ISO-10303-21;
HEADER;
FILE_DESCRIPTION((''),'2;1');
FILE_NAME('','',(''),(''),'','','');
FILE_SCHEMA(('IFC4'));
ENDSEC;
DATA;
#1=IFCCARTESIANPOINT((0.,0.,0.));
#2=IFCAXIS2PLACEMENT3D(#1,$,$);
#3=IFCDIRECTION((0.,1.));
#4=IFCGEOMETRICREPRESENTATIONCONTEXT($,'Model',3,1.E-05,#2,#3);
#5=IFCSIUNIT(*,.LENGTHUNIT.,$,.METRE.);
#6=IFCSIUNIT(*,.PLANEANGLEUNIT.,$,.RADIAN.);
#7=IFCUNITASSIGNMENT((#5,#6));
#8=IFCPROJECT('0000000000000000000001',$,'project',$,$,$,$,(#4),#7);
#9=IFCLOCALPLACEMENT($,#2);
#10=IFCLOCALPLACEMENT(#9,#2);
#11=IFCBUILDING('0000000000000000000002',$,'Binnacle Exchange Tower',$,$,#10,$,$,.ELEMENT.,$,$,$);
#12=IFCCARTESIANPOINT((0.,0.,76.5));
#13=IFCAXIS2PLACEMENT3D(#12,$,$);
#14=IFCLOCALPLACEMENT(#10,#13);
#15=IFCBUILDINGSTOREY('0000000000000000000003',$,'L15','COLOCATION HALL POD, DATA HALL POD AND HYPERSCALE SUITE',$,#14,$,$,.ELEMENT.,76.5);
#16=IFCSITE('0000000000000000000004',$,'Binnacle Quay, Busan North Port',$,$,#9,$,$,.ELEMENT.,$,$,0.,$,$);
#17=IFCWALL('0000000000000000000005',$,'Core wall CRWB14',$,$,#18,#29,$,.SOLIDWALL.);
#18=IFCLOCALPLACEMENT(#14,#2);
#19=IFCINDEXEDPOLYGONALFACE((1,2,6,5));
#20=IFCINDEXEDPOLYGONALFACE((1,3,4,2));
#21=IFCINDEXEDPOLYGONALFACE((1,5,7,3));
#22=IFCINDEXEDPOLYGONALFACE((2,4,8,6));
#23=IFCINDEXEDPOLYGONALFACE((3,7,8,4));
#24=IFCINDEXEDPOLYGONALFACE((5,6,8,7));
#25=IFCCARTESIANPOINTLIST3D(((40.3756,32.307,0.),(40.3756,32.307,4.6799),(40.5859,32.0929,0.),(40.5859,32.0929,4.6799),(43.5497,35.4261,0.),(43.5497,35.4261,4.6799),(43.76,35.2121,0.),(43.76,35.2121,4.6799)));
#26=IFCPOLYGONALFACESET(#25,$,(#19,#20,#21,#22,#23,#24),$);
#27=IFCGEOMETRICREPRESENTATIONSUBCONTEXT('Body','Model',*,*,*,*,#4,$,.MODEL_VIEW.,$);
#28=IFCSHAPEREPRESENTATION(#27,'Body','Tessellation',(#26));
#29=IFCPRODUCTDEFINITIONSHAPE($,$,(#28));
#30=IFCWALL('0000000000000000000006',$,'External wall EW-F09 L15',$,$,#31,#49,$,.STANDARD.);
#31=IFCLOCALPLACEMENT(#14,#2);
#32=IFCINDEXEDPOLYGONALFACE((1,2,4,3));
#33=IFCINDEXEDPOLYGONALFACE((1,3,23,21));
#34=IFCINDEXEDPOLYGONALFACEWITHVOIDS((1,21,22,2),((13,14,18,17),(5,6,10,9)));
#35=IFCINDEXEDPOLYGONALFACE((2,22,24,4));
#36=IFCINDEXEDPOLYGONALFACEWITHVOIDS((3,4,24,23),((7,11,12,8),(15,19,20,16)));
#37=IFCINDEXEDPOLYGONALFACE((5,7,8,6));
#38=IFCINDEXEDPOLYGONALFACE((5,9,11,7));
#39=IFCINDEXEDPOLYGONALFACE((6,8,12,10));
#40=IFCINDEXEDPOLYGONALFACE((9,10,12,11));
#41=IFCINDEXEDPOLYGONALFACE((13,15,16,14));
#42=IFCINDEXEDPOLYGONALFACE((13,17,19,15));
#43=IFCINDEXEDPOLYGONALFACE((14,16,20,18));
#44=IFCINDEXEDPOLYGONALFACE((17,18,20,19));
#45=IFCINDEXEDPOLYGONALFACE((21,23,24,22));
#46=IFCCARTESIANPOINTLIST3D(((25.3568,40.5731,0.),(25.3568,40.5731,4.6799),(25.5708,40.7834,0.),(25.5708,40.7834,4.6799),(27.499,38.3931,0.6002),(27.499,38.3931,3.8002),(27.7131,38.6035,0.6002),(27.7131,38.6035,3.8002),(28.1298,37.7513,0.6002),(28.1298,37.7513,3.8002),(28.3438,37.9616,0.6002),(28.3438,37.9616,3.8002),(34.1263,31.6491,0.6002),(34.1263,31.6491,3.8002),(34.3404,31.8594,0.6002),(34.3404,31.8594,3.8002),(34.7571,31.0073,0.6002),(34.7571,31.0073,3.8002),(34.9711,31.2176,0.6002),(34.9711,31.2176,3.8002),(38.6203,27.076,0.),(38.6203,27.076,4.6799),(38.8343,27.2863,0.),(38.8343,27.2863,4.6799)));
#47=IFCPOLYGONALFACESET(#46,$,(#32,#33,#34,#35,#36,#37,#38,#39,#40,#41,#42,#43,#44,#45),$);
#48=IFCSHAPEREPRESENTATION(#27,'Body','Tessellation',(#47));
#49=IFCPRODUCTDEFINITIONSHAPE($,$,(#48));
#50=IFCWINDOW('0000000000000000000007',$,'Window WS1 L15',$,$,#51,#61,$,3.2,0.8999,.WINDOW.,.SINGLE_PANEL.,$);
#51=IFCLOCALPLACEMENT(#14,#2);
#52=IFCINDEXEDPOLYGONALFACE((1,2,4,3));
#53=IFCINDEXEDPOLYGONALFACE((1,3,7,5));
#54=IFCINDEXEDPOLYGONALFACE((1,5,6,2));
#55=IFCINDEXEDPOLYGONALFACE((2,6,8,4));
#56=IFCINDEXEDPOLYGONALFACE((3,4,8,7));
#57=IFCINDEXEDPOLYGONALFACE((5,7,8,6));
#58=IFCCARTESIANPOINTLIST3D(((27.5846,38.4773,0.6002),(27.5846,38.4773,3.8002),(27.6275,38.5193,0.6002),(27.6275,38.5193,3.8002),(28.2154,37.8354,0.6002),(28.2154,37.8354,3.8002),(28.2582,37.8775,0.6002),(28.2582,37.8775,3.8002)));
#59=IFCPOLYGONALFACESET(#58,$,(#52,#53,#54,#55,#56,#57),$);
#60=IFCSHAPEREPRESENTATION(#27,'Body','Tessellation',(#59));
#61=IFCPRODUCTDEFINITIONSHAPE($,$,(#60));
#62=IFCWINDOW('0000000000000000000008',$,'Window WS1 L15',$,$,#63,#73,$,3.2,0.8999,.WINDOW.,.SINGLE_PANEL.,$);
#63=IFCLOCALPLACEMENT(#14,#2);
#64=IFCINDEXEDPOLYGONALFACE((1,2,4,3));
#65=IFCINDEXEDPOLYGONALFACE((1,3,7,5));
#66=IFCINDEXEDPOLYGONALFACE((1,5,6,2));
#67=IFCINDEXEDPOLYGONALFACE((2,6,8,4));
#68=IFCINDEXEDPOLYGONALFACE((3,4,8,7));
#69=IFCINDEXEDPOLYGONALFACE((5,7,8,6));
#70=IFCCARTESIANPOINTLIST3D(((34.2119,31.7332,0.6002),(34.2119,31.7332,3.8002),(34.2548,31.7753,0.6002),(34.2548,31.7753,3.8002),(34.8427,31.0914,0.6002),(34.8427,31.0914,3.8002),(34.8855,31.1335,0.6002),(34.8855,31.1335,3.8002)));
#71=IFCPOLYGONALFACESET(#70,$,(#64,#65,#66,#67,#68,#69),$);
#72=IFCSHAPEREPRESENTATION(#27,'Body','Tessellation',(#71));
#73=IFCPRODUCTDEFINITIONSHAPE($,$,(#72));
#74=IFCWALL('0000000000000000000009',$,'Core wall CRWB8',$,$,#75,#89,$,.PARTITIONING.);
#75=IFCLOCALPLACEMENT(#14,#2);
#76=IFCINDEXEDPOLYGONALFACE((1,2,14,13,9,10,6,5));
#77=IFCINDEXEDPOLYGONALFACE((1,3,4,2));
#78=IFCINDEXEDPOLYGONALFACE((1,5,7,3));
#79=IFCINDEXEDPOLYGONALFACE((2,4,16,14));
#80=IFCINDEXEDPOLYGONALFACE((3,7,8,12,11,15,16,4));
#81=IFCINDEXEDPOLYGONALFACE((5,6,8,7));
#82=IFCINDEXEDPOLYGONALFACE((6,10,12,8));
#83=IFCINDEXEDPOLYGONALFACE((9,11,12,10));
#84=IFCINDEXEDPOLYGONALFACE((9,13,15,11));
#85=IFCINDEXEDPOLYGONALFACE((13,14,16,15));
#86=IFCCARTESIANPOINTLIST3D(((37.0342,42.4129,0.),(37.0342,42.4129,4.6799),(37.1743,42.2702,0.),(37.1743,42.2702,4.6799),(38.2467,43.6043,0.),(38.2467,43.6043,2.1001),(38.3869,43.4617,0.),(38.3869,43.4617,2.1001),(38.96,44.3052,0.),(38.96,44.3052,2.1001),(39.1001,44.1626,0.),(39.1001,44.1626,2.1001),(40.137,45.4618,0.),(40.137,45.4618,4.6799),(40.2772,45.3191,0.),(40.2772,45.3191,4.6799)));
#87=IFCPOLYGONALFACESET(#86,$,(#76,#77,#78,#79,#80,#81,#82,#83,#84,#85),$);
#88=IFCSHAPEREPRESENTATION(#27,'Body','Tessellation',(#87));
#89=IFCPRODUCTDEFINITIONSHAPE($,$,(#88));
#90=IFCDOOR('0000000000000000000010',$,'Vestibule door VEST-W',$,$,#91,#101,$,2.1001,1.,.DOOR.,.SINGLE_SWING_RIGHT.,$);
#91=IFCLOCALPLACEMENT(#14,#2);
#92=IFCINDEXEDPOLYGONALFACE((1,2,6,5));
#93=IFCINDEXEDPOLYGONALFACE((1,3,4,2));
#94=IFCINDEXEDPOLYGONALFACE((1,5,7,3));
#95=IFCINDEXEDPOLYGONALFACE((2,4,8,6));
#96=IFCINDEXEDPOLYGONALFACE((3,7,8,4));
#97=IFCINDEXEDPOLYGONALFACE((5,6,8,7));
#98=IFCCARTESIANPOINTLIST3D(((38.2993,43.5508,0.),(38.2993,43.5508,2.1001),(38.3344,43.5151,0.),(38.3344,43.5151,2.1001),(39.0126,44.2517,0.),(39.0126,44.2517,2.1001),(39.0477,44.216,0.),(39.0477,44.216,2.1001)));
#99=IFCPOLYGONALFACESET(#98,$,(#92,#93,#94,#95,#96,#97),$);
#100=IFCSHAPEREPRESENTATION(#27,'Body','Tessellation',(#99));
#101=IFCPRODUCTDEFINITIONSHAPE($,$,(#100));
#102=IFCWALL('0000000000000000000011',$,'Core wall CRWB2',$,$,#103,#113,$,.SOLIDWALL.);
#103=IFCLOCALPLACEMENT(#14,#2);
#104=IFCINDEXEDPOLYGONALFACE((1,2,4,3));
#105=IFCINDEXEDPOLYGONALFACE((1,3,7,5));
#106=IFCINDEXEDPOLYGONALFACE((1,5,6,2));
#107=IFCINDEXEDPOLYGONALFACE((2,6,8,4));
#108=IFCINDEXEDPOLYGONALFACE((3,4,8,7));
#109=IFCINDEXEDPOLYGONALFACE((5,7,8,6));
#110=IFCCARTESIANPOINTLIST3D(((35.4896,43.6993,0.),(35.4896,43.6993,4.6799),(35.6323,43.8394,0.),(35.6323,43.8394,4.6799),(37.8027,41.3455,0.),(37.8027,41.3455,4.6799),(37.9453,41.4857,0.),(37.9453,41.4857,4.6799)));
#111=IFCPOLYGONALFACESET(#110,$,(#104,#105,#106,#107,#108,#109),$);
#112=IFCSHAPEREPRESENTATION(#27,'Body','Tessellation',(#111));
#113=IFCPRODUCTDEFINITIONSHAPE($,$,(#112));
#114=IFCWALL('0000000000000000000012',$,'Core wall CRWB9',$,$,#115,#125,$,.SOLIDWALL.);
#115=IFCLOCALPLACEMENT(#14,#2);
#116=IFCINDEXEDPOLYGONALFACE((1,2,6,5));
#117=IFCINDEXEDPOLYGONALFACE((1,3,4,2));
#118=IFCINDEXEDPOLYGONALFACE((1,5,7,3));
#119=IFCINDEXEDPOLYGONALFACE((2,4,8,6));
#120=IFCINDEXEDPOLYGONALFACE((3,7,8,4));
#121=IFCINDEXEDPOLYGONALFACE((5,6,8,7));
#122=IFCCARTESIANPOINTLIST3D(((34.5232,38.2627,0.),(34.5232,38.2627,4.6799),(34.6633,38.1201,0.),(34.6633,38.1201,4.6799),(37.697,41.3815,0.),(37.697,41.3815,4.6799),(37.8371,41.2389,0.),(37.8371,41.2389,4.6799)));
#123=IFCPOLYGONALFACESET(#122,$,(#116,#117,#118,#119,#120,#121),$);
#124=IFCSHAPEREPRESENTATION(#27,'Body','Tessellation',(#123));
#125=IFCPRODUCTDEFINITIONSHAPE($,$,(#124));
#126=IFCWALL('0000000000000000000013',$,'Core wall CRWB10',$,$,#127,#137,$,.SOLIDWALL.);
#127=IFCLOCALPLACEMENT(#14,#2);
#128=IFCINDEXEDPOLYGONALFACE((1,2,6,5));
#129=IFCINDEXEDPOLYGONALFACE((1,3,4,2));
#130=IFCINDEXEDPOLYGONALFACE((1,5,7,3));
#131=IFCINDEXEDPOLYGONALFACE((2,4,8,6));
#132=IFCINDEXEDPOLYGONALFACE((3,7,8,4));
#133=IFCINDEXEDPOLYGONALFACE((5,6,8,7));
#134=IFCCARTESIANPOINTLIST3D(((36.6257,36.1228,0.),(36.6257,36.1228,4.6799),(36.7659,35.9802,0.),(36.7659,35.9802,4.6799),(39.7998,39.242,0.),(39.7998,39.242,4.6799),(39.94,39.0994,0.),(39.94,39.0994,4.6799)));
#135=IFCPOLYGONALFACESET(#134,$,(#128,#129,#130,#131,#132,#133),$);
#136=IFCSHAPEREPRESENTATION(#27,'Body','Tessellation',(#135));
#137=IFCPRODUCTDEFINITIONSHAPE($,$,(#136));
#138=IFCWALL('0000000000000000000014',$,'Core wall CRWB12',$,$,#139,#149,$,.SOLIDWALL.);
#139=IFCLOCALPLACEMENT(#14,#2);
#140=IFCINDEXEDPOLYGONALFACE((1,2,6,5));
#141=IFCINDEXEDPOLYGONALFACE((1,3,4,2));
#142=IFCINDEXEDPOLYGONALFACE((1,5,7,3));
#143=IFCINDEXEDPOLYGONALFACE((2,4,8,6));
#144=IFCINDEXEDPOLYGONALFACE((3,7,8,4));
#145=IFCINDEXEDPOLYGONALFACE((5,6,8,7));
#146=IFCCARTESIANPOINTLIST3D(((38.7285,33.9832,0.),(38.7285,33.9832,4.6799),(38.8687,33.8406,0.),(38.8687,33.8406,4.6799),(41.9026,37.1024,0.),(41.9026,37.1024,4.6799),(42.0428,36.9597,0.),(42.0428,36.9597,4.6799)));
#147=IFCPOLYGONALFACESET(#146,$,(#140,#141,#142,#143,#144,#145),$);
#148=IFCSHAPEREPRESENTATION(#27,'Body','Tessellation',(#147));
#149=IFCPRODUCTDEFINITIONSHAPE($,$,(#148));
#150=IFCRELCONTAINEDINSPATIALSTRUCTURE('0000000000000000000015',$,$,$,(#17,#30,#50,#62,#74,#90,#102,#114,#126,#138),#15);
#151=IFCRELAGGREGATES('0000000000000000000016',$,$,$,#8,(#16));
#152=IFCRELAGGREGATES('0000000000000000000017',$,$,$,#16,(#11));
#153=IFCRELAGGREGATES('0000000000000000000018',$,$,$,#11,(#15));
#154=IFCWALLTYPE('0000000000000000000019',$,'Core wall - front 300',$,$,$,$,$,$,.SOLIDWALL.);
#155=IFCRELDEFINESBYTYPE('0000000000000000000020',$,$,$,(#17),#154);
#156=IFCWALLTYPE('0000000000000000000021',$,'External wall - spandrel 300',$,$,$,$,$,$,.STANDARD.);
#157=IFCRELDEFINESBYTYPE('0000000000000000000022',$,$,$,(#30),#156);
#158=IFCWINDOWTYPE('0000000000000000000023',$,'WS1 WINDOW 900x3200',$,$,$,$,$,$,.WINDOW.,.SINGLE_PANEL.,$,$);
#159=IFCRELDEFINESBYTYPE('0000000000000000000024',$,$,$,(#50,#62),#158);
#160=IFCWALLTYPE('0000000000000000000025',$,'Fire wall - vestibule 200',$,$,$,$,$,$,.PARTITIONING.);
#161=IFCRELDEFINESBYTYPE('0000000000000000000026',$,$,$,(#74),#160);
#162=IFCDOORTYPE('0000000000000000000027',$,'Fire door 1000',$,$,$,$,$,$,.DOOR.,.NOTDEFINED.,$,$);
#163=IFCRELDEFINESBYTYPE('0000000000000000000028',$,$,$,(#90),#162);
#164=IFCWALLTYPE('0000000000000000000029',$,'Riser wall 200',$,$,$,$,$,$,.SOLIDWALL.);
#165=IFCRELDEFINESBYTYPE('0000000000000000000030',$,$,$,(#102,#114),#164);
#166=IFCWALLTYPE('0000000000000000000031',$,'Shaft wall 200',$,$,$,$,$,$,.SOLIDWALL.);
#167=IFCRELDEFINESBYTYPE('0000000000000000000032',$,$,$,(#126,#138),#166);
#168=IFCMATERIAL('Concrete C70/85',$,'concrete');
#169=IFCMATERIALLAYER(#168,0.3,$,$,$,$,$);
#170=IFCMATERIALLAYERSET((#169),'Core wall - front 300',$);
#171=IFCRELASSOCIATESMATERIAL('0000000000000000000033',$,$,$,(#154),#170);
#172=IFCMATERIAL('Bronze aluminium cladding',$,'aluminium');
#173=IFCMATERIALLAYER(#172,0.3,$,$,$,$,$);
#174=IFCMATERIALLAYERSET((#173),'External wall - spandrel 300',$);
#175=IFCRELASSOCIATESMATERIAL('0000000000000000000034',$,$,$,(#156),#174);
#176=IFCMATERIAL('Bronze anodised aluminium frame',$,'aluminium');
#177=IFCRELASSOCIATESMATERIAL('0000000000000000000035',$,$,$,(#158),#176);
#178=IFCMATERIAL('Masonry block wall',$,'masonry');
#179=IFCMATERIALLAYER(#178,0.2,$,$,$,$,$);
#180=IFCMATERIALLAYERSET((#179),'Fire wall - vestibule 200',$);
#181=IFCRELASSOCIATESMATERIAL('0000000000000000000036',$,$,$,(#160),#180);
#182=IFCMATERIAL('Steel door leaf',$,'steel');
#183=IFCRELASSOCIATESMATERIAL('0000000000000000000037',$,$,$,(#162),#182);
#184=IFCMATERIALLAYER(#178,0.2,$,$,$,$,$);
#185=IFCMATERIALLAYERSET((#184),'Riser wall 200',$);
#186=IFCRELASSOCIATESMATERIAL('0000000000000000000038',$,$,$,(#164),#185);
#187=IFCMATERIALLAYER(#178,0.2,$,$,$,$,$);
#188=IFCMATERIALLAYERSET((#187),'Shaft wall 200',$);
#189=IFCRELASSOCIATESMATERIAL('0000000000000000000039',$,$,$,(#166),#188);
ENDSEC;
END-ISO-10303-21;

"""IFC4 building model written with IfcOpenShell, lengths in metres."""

from ifc_helpers import new_model, si_unit, direction, frame, frame_2d, origin, place, context, subcontext, project, spatial, rectangle, extrude, material, layer, layer_set, type_object, element, fill, save


model = new_model("IFC4")

# Units and contexts
model_context = context("Model", 3, precision=1e-05, world=origin(), true_north=direction((0.0, 1.0)))
body_context = subcontext(model_context, "Body", "Model", "MODEL_VIEW")
ifc_project = project(units=[si_unit("LENGTHUNIT", "METRE"), si_unit("PLANEANGLEUNIT", "RADIAN")], contexts=[model_context])

# Site, building, storey
site_placement = place(None, origin())
site = spatial("IfcSite", under=ifc_project, at=site_placement, Name="Binnacle Quay, Busan North Port", CompositionType="ELEMENT", RefElevation=0.0)
building_placement = place(site_placement, origin())
building = spatial("IfcBuilding", under=site, at=building_placement, Name="Binnacle Exchange Tower", CompositionType="ELEMENT")
storey_placement = place(building_placement, frame((0.0, 0.0, 76.5)))
storey = spatial("IfcBuildingStorey", under=building, at=storey_placement, Name="L15", Description="COLOCATION HALL POD, DATA HALL POD AND HYPERSCALE SUITE", CompositionType="ELEMENT", Elevation=76.5)

# Shared definitions
ifc_material_1 = material(Name="Concrete C70/85", Category="concrete")

# Shared definitions
ifc_layer_1 = layer(ifc_material_1, 0.3)
ifc_layer_set_1 = layer_set([ifc_layer_1], Name="Core wall - front 300")
wall_type_1 = type_object("IfcWallType", Name="Core wall - front 300", PredefinedType="SOLIDWALL", material=ifc_layer_set_1)
ifc_material_2 = material(Name="Steel door leaf", Category="steel")

# Wall
wall_1_placement = place(storey_placement, frame((40.4807, 32.2, 0.0), z_axis=(0.0, 0.0, 1.0), x_axis=(0.713252, 0.700908, 0.0)))
element("IfcWall", 1, at=wall_1_placement, inside=storey, type_object=wall_type_1, Name="Core wall CRWB14", PredefinedType="SOLIDWALL", context=body_context, shape_type="SweptSolid", body=[
    extrude(rectangle(XDim=4.4502, YDim=0.3, at=frame_2d((2.2251, 0.0))), origin(), (0.0, 0.0, 1.0), 4.6799),
])

# Wall, openings, windows
ifc_material_3 = material(Name="Bronze aluminium cladding", Category="aluminium")
ifc_layer_2 = layer(ifc_material_3, 0.3)
ifc_layer_set_2 = layer_set([ifc_layer_2], Name="External wall - spandrel 300")
wall_type_2 = type_object("IfcWallType", Name="External wall - spandrel 300", PredefinedType="STANDARD", material=ifc_layer_set_2)
wall_2_placement = place(storey_placement, frame((38.7273, 27.1812, 0.0), z_axis=(0.0, 0.0, 1.0), x_axis=(-0.700906, 0.713253, 0.0)))
wall_2 = element("IfcWall", 2, at=wall_2_placement, inside=storey, type_object=wall_type_2, Name="External wall EW-F09 L15", PredefinedType="STANDARD", context=body_context, shape_type="SweptSolid", body=[
    extrude(rectangle(XDim=18.9233, YDim=0.3, at=frame_2d((9.4617, 0.0))), origin(), (0.0, 0.0, 1.0), 4.6799),
])
opening_1_placement = place(wall_2_placement, frame((14.967, 0.0, 0.6001)))
opening_1 = element("IfcOpeningElement", 3, at=opening_1_placement, cuts=wall_2, PredefinedType="OPENING", context=body_context, shape_type="SweptSolid", body=[
    extrude(rectangle(XDim=0.8999, YDim=3.2, at=frame_2d((0.45, 1.6001))), frame((0.0, 0.1599, 0.0), z_axis=(0.0, -1.0, 0.0), x_axis=(1.0, 0.0, 0.0)), (0.0, 0.0, 1.0), 0.3201),
])
opening_2_placement = place(wall_2_placement, frame((5.5117, 0.0, 0.6001)))
opening_2 = element("IfcOpeningElement", 4, at=opening_2_placement, cuts=wall_2, PredefinedType="OPENING", context=body_context, shape_type="SweptSolid", body=[
    extrude(rectangle(XDim=0.8999, YDim=3.2, at=frame_2d((0.45, 1.6001))), frame((0.0, 0.1599, 0.0), z_axis=(0.0, -1.0, 0.0), x_axis=(1.0, 0.0, 0.0)), (0.0, 0.0, 1.0), 0.3201),
])
ifc_material_4 = material(Name="Bronze anodised aluminium frame", Category="aluminium")
window_type = type_object("IfcWindowType", Name="WS1 WINDOW 900x3200", PartitioningType="SINGLE_PANEL", PredefinedType="WINDOW", material=ifc_material_4)
window_1_placement = place(opening_1_placement, origin())
window_1 = element("IfcWindow", 5, at=window_1_placement, inside=storey, type_object=window_type, Name="Window WS1 L15", OverallHeight=3.2, OverallWidth=0.8999, PartitioningType="SINGLE_PANEL", PredefinedType="WINDOW", context=body_context, shape_type="SweptSolid", body=[
    extrude(rectangle(XDim=0.8999, YDim=3.2, at=frame_2d((0.45, 1.6001))), frame((0.0, 0.03, 0.0), z_axis=(0.0, -1.0, 0.0), x_axis=(1.0, 0.0, 0.0)), (0.0, 0.0, 1.0), 0.0601),
])
fill(opening_1, window_1)
window_2_placement = place(opening_2_placement, origin())
window_2 = element("IfcWindow", 6, at=window_2_placement, inside=storey, type_object=window_type, Name="Window WS1 L15", OverallHeight=3.2, OverallWidth=0.8999, PartitioningType="SINGLE_PANEL", PredefinedType="WINDOW", context=body_context, shape_type="SweptSolid", body=[
    extrude(rectangle(XDim=0.8999, YDim=3.2, at=frame_2d((0.45, 1.6001))), frame((0.0, 0.03, 0.0), z_axis=(0.0, -1.0, 0.0), x_axis=(1.0, 0.0, 0.0)), (0.0, 0.0, 1.0), 0.0601),
])
fill(opening_2, window_2)

# Wall, opening, door
ifc_material_5 = material(Name="Masonry block wall", Category="masonry")
ifc_layer_3 = layer(ifc_material_5, 0.2)
ifc_layer_set_3 = layer_set([ifc_layer_3], Name="Fire wall - vestibule 200")
wall_type_3 = type_object("IfcWallType", Name="Fire wall - vestibule 200", PredefinedType="PARTITIONING", material=ifc_layer_set_3)
wall_3_placement = place(storey_placement, frame((37.1042, 42.3416, 0.0), z_axis=(0.0, 0.0, 1.0), x_axis=(0.713281, 0.700878, 0.0)))
wall_3 = element("IfcWall", 7, at=wall_3_placement, inside=storey, type_object=wall_type_3, Name="Core wall CRWB8", PredefinedType="PARTITIONING", context=body_context, shape_type="SweptSolid", body=[
    extrude(rectangle(XDim=4.3501, YDim=0.2, at=frame_2d((2.175, 0.0))), origin(), (0.0, 0.0, 1.0), 4.6799),
])
opening_3_placement = place(wall_3_placement, frame((1.7, 0.0, 0.0)))
opening_3 = element("IfcOpeningElement", 8, at=opening_3_placement, cuts=wall_3, PredefinedType="OPENING", context=body_context, shape_type="SweptSolid", body=[
    extrude(rectangle(XDim=1.0, YDim=2.1001, at=frame_2d((0.5, 1.05))), frame((0.0, 0.1099, 0.0), z_axis=(0.0, -1.0, 0.0), x_axis=(1.0, 0.0, 0.0)), (0.0, 0.0, 1.0), 0.22),
])
door_type_1 = type_object("IfcDoorType", Name="Fire door 1000", OperationType="NOTDEFINED", PredefinedType="DOOR", material=ifc_material_2)
door_1_placement = place(opening_3_placement, origin())
door_1 = element("IfcDoor", 9, at=door_1_placement, inside=storey, type_object=door_type_1, Name="Vestibule door VEST-W", OperationType="SINGLE_SWING_RIGHT", OverallHeight=2.1001, OverallWidth=1.0, PredefinedType="DOOR", context=body_context, shape_type="SweptSolid", body=[
    extrude(rectangle(XDim=1.0, YDim=2.1001, at=frame_2d((0.5, 1.05))), frame((0.0, 0.0249, 0.0), z_axis=(0.0, -1.0, 0.0), x_axis=(1.0, 0.0, 0.0)), (0.0, 0.0, 1.0), 0.05),
])
fill(opening_3, door_1)

# Walls
ifc_layer_4 = layer(ifc_material_5, 0.2)
ifc_layer_set_4 = layer_set([ifc_layer_4], Name="Riser wall 200")
wall_type_4 = type_object("IfcWallType", Name="Riser wall 200", PredefinedType="SOLIDWALL", material=ifc_layer_set_4)
wall_4_placement = place(storey_placement, frame((35.561, 43.7693, 0.0), z_axis=(0.0, 0.0, 1.0), x_axis=(0.700902, -0.713257, 0.0)))
element("IfcWall", 10, at=wall_4_placement, inside=storey, type_object=wall_type_4, Name="Core wall CRWB2", PredefinedType="SOLIDWALL", context=body_context, shape_type="SweptSolid", body=[
    extrude(rectangle(XDim=3.3, YDim=0.2, at=frame_2d((1.6499, 0.0))), origin(), (0.0, 0.0, 1.0), 4.6799),
])
wall_5_placement = place(storey_placement, frame((34.5933, 38.1914, 0.0), z_axis=(0.0, 0.0, 1.0), x_axis=(0.713252, 0.700907, 0.0)))
element("IfcWall", 11, at=wall_5_placement, inside=storey, type_object=wall_type_4, Name="Core wall CRWB9", PredefinedType="SOLIDWALL", context=body_context, shape_type="SweptSolid", body=[
    extrude(rectangle(XDim=4.4497, YDim=0.2, at=frame_2d((2.2249, 0.0))), origin(), (0.0, 0.0, 1.0), 4.6799),
])
ifc_layer_5 = layer(ifc_material_5, 0.2)
ifc_layer_set_5 = layer_set([ifc_layer_5], Name="Shaft wall 200")
wall_type_5 = type_object("IfcWallType", Name="Shaft wall 200", PredefinedType="SOLIDWALL", material=ifc_layer_set_5)
for number, where, z_axis, x_axis, name in (
    (12, (36.6958, 36.0515, 0.0), (0.0, 0.0, 1.0), (0.713252, 0.700908, 0.0), "Core wall CRWB10"),
    (13, (38.7986, 33.9119, 0.0), (0.0, 0.0, 1.0), (0.713252, 0.700908, 0.0), "Core wall CRWB12"),
):
    element("IfcWall", number, at=place(storey_placement, frame(where, z_axis=z_axis, x_axis=x_axis)), inside=storey, type_object=wall_type_5, Name=name, PredefinedType="SOLIDWALL", context=body_context, shape_type="SweptSolid", body=[
        extrude(rectangle(XDim=4.4502, YDim=0.2, at=frame_2d((2.2251, 0.0))), origin(), (0.0, 0.0, 1.0), 4.6799),
    ])

save(model, "model.ifc")
